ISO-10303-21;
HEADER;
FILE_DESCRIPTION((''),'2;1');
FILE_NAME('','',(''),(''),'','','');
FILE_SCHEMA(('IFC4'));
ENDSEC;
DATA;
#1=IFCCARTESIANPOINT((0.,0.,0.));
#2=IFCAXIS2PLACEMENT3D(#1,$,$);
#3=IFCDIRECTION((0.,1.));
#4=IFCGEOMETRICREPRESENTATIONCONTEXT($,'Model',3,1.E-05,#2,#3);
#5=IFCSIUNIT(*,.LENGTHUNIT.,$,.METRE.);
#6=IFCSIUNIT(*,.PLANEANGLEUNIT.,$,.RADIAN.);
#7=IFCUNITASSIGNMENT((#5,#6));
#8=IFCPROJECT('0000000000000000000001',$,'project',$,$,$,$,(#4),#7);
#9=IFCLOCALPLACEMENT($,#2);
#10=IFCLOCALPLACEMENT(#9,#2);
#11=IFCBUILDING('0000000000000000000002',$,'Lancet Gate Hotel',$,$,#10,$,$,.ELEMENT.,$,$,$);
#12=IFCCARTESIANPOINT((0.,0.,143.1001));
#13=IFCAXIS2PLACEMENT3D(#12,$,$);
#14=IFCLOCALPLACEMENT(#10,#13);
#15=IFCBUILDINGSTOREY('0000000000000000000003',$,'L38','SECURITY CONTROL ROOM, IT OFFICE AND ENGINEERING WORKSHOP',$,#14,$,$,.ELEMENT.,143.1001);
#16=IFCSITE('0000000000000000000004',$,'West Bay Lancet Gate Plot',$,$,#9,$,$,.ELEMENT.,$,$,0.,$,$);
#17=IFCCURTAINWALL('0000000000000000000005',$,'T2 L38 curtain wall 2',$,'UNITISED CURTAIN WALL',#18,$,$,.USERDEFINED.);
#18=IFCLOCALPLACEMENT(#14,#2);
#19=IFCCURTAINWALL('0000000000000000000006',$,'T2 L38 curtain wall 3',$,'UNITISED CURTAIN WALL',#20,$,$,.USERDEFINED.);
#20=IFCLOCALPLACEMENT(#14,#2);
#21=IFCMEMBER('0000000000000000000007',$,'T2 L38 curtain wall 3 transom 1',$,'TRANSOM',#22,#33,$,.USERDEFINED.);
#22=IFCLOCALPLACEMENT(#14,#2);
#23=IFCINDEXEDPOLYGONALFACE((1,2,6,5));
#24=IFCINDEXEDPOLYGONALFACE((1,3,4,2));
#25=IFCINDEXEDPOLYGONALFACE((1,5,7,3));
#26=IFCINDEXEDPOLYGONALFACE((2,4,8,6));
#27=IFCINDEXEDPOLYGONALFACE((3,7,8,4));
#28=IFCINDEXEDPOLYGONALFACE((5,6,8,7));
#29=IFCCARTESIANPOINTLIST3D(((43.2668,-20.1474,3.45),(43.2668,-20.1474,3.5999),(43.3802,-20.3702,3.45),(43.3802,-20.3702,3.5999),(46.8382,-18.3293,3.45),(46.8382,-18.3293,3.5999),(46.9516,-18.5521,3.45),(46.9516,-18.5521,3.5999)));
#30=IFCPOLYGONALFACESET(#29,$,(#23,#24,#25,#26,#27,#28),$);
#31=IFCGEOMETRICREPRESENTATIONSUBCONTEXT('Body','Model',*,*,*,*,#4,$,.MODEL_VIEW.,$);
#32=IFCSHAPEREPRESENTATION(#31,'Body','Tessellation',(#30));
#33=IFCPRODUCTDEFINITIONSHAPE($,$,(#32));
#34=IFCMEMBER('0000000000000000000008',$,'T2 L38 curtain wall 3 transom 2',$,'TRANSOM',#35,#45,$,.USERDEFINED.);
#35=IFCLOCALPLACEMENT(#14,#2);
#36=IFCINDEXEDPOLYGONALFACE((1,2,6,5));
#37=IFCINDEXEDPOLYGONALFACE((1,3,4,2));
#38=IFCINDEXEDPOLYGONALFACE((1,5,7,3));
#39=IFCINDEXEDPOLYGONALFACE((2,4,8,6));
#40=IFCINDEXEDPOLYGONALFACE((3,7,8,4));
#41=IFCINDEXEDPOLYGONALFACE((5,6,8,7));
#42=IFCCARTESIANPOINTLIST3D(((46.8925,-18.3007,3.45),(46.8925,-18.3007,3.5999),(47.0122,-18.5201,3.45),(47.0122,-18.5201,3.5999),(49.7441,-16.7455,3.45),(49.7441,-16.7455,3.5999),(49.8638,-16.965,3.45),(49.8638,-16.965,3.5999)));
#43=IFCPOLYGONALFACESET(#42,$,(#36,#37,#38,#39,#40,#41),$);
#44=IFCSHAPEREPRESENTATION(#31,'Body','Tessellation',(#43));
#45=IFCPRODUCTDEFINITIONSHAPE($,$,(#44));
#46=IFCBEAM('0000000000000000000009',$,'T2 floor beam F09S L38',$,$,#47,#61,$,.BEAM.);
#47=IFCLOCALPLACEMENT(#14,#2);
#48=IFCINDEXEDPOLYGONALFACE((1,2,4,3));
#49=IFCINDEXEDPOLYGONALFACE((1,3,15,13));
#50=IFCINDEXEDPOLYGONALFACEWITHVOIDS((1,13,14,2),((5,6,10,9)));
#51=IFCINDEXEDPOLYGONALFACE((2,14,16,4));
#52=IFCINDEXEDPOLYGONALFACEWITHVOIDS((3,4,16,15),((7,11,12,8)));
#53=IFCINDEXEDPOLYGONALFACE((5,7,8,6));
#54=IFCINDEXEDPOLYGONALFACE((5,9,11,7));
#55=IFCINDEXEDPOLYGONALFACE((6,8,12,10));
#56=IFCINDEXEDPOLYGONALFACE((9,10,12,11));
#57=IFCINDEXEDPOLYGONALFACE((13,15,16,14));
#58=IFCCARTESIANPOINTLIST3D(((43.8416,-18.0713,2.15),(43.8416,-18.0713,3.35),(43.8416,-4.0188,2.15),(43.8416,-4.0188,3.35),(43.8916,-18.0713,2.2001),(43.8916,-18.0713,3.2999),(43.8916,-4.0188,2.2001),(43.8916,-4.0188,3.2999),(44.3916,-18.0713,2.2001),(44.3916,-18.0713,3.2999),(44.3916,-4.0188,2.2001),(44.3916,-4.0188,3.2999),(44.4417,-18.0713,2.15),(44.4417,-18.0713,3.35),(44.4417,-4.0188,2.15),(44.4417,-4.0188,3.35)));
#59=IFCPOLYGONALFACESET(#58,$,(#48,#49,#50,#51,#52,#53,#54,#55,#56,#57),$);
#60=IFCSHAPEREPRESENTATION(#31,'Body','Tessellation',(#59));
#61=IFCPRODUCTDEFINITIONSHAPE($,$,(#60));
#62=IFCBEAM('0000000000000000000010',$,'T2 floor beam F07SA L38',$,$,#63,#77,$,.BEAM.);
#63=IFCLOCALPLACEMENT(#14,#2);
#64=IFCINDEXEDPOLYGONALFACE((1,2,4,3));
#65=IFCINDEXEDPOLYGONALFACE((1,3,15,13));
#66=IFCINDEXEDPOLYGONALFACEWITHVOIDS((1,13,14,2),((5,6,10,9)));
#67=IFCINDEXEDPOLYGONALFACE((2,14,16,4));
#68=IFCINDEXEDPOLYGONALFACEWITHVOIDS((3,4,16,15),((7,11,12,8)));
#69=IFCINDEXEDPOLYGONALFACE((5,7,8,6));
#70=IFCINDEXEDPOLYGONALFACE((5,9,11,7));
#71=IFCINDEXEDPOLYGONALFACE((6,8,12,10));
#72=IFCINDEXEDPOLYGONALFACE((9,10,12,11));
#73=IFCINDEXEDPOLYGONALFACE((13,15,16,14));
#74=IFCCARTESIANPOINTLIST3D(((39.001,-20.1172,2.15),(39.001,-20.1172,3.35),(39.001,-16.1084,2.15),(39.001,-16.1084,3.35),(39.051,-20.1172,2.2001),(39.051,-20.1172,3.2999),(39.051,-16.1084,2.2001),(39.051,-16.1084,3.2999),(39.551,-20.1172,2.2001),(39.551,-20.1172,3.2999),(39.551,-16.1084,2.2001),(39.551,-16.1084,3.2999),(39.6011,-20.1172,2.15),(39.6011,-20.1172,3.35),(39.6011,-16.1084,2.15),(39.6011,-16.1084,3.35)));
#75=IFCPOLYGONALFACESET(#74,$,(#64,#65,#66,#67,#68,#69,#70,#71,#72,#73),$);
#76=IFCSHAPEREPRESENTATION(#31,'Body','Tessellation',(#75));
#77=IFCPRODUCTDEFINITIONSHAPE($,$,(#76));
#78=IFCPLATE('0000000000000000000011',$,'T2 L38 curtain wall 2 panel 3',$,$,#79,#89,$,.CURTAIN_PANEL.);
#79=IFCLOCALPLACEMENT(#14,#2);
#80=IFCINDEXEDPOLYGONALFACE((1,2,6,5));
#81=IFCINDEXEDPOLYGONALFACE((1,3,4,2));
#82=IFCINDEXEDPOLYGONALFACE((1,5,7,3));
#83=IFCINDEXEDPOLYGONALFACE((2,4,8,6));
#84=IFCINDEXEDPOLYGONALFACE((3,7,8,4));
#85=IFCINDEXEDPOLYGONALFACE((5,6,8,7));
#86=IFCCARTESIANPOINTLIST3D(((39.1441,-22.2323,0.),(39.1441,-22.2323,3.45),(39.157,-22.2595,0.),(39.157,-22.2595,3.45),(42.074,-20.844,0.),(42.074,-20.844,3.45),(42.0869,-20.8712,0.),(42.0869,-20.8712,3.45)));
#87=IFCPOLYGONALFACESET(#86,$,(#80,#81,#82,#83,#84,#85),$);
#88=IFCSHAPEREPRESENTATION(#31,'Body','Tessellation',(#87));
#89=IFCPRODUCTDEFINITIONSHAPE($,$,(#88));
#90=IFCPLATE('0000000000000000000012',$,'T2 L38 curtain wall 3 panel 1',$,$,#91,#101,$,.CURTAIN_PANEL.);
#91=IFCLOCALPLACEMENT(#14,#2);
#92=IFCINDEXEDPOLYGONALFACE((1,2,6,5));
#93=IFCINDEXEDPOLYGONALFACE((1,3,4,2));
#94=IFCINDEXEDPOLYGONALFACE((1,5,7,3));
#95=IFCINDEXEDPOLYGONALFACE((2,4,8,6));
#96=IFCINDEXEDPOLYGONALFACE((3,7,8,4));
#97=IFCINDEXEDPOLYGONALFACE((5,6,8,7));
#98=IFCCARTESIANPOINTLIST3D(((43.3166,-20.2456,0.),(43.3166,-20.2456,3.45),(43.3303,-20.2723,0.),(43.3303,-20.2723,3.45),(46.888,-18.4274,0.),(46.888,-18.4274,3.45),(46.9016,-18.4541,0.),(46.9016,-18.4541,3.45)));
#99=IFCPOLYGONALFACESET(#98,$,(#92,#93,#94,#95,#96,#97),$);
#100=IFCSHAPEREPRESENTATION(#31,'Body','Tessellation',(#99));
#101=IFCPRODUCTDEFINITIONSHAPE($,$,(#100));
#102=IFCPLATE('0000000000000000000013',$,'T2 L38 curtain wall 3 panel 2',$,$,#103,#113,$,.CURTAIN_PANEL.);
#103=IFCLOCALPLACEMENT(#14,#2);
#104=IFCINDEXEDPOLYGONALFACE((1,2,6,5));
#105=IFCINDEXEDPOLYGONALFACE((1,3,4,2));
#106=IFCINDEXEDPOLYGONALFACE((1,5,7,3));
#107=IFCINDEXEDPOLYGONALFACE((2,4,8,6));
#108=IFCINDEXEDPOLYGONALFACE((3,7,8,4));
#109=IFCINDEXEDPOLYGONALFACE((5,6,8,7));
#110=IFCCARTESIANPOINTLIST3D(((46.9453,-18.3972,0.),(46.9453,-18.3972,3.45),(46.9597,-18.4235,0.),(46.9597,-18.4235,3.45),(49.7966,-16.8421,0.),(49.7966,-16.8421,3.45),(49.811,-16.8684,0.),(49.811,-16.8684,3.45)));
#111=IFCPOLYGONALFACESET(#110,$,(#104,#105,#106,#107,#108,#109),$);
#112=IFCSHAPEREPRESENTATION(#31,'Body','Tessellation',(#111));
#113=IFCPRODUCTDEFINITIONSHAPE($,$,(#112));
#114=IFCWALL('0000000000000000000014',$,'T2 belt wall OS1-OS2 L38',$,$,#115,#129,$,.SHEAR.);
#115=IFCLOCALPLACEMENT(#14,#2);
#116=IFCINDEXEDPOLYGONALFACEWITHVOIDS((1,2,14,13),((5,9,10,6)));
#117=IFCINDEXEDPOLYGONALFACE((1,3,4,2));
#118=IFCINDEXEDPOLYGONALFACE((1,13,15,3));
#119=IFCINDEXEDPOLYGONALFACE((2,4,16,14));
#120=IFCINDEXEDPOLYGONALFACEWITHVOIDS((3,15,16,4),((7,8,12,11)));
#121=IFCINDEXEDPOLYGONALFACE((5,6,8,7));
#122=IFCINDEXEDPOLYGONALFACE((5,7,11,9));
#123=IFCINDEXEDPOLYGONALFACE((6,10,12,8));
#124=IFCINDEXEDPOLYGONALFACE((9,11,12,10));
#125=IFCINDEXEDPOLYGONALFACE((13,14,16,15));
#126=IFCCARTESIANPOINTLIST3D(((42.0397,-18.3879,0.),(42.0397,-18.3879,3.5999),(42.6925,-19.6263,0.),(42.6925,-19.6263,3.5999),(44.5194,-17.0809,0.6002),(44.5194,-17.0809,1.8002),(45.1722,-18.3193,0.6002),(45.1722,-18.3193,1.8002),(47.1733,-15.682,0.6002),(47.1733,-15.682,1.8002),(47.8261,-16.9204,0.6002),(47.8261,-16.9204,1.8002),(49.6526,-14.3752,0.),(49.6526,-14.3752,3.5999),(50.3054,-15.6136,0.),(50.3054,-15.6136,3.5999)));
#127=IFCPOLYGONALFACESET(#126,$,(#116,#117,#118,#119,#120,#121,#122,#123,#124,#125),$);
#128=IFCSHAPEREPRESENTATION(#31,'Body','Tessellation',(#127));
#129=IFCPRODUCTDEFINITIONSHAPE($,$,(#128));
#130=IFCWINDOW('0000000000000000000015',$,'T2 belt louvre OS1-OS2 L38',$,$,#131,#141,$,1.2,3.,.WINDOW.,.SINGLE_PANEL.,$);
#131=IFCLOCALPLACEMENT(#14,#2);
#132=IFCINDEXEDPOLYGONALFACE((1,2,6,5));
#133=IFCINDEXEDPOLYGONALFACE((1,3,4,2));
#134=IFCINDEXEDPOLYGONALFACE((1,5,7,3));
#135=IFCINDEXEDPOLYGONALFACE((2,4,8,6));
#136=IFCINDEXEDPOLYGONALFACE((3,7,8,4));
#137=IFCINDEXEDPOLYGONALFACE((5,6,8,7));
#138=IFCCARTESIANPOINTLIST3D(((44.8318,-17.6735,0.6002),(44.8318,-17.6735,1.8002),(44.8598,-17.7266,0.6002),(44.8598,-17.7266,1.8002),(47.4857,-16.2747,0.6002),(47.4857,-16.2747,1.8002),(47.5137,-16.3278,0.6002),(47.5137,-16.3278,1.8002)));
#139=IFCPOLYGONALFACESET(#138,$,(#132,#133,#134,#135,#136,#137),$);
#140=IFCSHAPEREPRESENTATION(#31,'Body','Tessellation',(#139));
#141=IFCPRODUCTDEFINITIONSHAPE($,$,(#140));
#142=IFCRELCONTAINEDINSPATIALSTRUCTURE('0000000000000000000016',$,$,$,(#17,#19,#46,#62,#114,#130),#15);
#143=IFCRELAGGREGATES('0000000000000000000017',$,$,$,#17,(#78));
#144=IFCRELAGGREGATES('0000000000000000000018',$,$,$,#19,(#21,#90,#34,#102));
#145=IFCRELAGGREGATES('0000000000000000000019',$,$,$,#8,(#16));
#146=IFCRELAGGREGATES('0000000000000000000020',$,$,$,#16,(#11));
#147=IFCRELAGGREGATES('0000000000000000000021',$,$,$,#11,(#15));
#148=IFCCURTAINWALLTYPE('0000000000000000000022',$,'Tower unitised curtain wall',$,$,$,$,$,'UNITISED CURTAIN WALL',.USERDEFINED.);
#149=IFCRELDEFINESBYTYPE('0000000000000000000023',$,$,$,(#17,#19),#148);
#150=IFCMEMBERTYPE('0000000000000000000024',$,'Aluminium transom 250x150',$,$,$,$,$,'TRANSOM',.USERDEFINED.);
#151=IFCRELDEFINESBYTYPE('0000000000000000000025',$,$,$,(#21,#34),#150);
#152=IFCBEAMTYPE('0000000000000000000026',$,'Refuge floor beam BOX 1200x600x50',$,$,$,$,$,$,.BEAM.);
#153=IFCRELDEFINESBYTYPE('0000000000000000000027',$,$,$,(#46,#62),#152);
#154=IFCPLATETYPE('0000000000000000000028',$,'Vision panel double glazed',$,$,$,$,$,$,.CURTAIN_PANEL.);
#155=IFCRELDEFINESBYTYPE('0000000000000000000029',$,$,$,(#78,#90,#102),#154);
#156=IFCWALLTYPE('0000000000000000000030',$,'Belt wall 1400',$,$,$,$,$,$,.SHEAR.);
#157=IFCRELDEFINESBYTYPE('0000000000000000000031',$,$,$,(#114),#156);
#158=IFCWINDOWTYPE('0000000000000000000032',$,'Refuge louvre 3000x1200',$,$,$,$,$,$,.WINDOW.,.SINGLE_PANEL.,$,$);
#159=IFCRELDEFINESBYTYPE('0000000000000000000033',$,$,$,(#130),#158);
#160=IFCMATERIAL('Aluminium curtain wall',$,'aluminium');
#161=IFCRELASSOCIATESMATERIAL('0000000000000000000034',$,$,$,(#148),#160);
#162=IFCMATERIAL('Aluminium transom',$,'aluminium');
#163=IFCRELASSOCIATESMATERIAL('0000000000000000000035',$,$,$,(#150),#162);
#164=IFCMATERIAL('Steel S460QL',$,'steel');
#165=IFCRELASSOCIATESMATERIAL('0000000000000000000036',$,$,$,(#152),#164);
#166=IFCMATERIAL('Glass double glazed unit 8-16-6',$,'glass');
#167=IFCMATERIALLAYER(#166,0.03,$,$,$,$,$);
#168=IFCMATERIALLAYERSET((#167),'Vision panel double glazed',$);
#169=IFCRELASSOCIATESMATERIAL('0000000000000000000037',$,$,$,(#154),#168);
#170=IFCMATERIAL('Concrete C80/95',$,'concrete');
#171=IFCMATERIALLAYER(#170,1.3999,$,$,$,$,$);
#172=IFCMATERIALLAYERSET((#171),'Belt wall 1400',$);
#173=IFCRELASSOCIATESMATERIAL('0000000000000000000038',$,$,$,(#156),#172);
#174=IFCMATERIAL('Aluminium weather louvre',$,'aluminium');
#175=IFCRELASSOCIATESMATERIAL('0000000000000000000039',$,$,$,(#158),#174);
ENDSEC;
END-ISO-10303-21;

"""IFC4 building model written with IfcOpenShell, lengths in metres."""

from ifc_helpers import new_model, si_unit, direction, frame, frame_2d, origin, origin_2d, place, context, subcontext, project, spatial, rectangle, hollow_rectangle, extrude, material, layer, layer_set, material_profile, profile_set, type_object, element, fill, aggregate, save


model = new_model("IFC4")

# Units and contexts
model_context = context("Model", 3, precision=1e-05, world=origin(), true_north=direction((0.0, 1.0)))
body_context = subcontext(model_context, "Body", "Model", "MODEL_VIEW")
ifc_project = project(units=[si_unit("LENGTHUNIT", "METRE"), si_unit("PLANEANGLEUNIT", "RADIAN")], contexts=[model_context])

# Site, building, storey
site_placement = place(None, origin())
site = spatial("IfcSite", under=ifc_project, at=site_placement, Name="West Bay Lancet Gate Plot", CompositionType="ELEMENT", RefElevation=0.0)
building_placement = place(site_placement, origin())
building = spatial("IfcBuilding", under=site, at=building_placement, Name="Lancet Gate Hotel", CompositionType="ELEMENT")
storey_placement = place(building_placement, frame((0.0, 0.0, 143.1001)))
storey = spatial("IfcBuildingStorey", under=building, at=storey_placement, Name="L38", Description="SECURITY CONTROL ROOM, IT OFFICE AND ENGINEERING WORKSHOP", CompositionType="ELEMENT", Elevation=143.1001)

# Curtain walls
ifc_material_1 = material(Name="Aluminium curtain wall", Category="aluminium")
curtain_wall_type = type_object("IfcCurtainWallType", Name="Tower unitised curtain wall", ElementType="UNITISED CURTAIN WALL", PredefinedType="USERDEFINED", material=ifc_material_1)
curtain_wall_1_placement = place(storey_placement, origin())
curtain_wall_1 = element("IfcCurtainWall", 1, at=curtain_wall_1_placement, inside=storey, type_object=curtain_wall_type, Name="T2 L38 curtain wall 2", ObjectType="UNITISED CURTAIN WALL", PredefinedType="USERDEFINED")
curtain_wall_2_placement = place(storey_placement, origin())
curtain_wall_2 = element("IfcCurtainWall", 2, at=curtain_wall_2_placement, inside=storey, type_object=curtain_wall_type, Name="T2 L38 curtain wall 3", ObjectType="UNITISED CURTAIN WALL", PredefinedType="USERDEFINED")

# Members
ifc_material_2 = material(Name="Aluminium transom", Category="aluminium")
ifc_material_profile_1 = material_profile(ifc_material_2, rectangle(XDim=0.25, YDim=0.1499, at=origin_2d()), Name="TRANSOM 250x150")
ifc_profile_set_1 = profile_set([ifc_material_profile_1], Name="Aluminium transom")
member_type_1 = type_object("IfcMemberType", Name="Aluminium transom 250x150", ElementType="TRANSOM", PredefinedType="USERDEFINED", material=ifc_profile_set_1)
member_1_placement = place(storey_placement, frame((43.3235, -20.2588, 3.5249), z_axis=(0.891175, 0.453659, 0.0), x_axis=(-0.453659, 0.891175, 0.0)))
member_1 = element("IfcMember", 3, at=member_1_placement, type_object=member_type_1, Name="T2 L38 curtain wall 3 transom 1", ObjectType="TRANSOM", PredefinedType="USERDEFINED", context=body_context, shape_type="SweptSolid", body=[
    extrude(rectangle(XDim=0.25, YDim=0.1499, at=origin_2d()), origin(), (0.0, 0.0, 1.0), 4.0076),
])
member_2_placement = place(storey_placement, frame((46.9524, -18.4104, 3.5249), z_axis=(0.877924, 0.478799, 0.0), x_axis=(-0.478799, 0.877924, 0.0)))
member_2 = element("IfcMember", 4, at=member_2_placement, type_object=member_type_1, Name="T2 L38 curtain wall 3 transom 2", ObjectType="TRANSOM", PredefinedType="USERDEFINED", context=body_context, shape_type="SweptSolid", body=[
    extrude(rectangle(XDim=0.25, YDim=0.1499, at=origin_2d()), origin(), (0.0, 0.0, 1.0), 3.248),
])

# Beams
ifc_material_3 = material(Name="Steel S460QL", Category="steel")
ifc_material_profile_2 = material_profile(ifc_material_3, hollow_rectangle(XDim=0.6001, YDim=1.2, WallThickness=0.05, at=origin_2d()), Name="BOX 1200x600x50")
ifc_profile_set_2 = profile_set([ifc_material_profile_2], Name="Steel S460QL")
beam_type = type_object("IfcBeamType", Name="Refuge floor beam BOX 1200x600x50", PredefinedType="BEAM", material=ifc_profile_set_2)
beam_1_placement = place(storey_placement, frame((44.1416, -18.0713, 2.75), z_axis=(0.0, 1.0, 0.0), x_axis=(-1.0, 0.0, 0.0)))
element("IfcBeam", 5, at=beam_1_placement, inside=storey, type_object=beam_type, Name="T2 floor beam F09S L38", PredefinedType="BEAM", context=body_context, shape_type="SweptSolid", body=[
    extrude(hollow_rectangle(XDim=0.6001, YDim=1.2, WallThickness=0.05, at=origin_2d()), origin(), (0.0, 0.0, 1.0), 14.0525),
])
beam_2_placement = place(storey_placement, frame((39.301, -20.1172, 2.75), z_axis=(0.0, 1.0, 0.0), x_axis=(-1.0, 0.0, 0.0)))
element("IfcBeam", 6, at=beam_2_placement, inside=storey, type_object=beam_type, Name="T2 floor beam F07SA L38", PredefinedType="BEAM", context=body_context, shape_type="SweptSolid", body=[
    extrude(hollow_rectangle(XDim=0.6001, YDim=1.2, WallThickness=0.05, at=origin_2d()), origin(), (0.0, 0.0, 1.0), 4.0088),
])

# Plates
ifc_material_4 = material(Name="Glass double glazed unit 8-16-6", Category="glass")
ifc_layer_1 = layer(ifc_material_4, 0.03)
ifc_layer_set_1 = layer_set([ifc_layer_1], Name="Vision panel double glazed")
plate_type = type_object("IfcPlateType", Name="Vision panel double glazed", PredefinedType="CURTAIN_PANEL", material=ifc_layer_set_1)
plate_1_placement = place(storey_placement, frame((40.6155, -21.5518, 0.0), z_axis=(0.0, 0.0, 1.0), x_axis=(0.903683, 0.428201, 0.0)))
plate_1 = element("IfcPlate", 7, at=plate_1_placement, type_object=plate_type, Name="T2 L38 curtain wall 2 panel 3", PredefinedType="CURTAIN_PANEL", context=body_context, shape_type="SweptSolid", body=[
    extrude(rectangle(XDim=3.2422, YDim=0.03, at=origin_2d()), origin(), (0.0, 0.0, 1.0), 3.45),
])
aggregate(curtain_wall_1, [plate_1])
plate_2_placement = place(storey_placement, frame((45.1091, -19.3499, 0.0), z_axis=(0.0, 0.0, 1.0), x_axis=(0.891159, 0.45369, 0.0)))
plate_2 = element("IfcPlate", 8, at=plate_2_placement, type_object=plate_type, Name="T2 L38 curtain wall 3 panel 1", PredefinedType="CURTAIN_PANEL", context=body_context, shape_type="SweptSolid", body=[
    extrude(rectangle(XDim=4.0076, YDim=0.03, at=origin_2d()), origin(), (0.0, 0.0, 1.0), 3.45),
])
plate_3_placement = place(storey_placement, frame((48.3782, -17.6328, 0.0), z_axis=(0.0, 0.0, 1.0), x_axis=(0.877916, 0.478814, 0.0)))
plate_3 = element("IfcPlate", 9, at=plate_3_placement, type_object=plate_type, Name="T2 L38 curtain wall 3 panel 2", PredefinedType="CURTAIN_PANEL", context=body_context, shape_type="SweptSolid", body=[
    extrude(rectangle(XDim=3.2478, YDim=0.03, at=origin_2d()), origin(), (0.0, 0.0, 1.0), 3.45),
])
aggregate(curtain_wall_2, [member_1, plate_2, member_2, plate_3])

# Wall, opening, window
ifc_material_5 = material(Name="Concrete C80/95", Category="concrete")
ifc_layer_2 = layer(ifc_material_5, 1.3999)
ifc_layer_set_2 = layer_set([ifc_layer_2], Name="Belt wall 1400")
wall_type = type_object("IfcWallType", Name="Belt wall 1400", PredefinedType="SHEAR", material=ifc_layer_set_2)
wall_placement = place(storey_placement, frame((42.3662, -19.0071, 0.0), z_axis=(0.0, 0.0, 1.0), x_axis=(0.884633, 0.466289, 0.0)))
wall = element("IfcWall", 10, at=wall_placement, inside=storey, type_object=wall_type, Name="T2 belt wall OS1-OS2 L38", PredefinedType="SHEAR", context=body_context, shape_type="SweptSolid", body=[
    extrude(rectangle(XDim=8.6057, YDim=1.3999, at=frame_2d((4.3027, 0.0))), origin(), (0.0, 0.0, 1.0), 3.5999),
])
opening_placement = place(wall_placement, frame((2.803, 0.0, 0.6001)))
opening = element("IfcOpeningElement", 11, at=opening_placement, cuts=wall, PredefinedType="OPENING", context=body_context, shape_type="SweptSolid", body=[
    extrude(rectangle(XDim=3.0, YDim=1.2, at=frame_2d((1.5, 0.6001))), frame((0.0, 0.71, 0.0), z_axis=(0.0, -1.0, 0.0), x_axis=(1.0, 0.0, 0.0)), (0.0, 0.0, 1.0), 1.4199),
])
ifc_material_6 = material(Name="Aluminium weather louvre", Category="aluminium")
window_type = type_object("IfcWindowType", Name="Refuge louvre 3000x1200", PartitioningType="SINGLE_PANEL", PredefinedType="WINDOW", material=ifc_material_6)
window_placement = place(opening_placement, origin())
window = element("IfcWindow", 12, at=window_placement, inside=storey, type_object=window_type, Name="T2 belt louvre OS1-OS2 L38", OverallHeight=1.2, OverallWidth=3.0, PartitioningType="SINGLE_PANEL", PredefinedType="WINDOW", context=body_context, shape_type="SweptSolid", body=[
    extrude(rectangle(XDim=3.0, YDim=1.2, at=frame_2d((1.5, 0.6001))), frame((0.0, 0.03, 0.0), z_axis=(0.0, -1.0, 0.0), x_axis=(1.0, 0.0, 0.0)), (0.0, 0.0, 1.0), 0.0601),
])
fill(opening, window)

save(model, "model.ifc")
